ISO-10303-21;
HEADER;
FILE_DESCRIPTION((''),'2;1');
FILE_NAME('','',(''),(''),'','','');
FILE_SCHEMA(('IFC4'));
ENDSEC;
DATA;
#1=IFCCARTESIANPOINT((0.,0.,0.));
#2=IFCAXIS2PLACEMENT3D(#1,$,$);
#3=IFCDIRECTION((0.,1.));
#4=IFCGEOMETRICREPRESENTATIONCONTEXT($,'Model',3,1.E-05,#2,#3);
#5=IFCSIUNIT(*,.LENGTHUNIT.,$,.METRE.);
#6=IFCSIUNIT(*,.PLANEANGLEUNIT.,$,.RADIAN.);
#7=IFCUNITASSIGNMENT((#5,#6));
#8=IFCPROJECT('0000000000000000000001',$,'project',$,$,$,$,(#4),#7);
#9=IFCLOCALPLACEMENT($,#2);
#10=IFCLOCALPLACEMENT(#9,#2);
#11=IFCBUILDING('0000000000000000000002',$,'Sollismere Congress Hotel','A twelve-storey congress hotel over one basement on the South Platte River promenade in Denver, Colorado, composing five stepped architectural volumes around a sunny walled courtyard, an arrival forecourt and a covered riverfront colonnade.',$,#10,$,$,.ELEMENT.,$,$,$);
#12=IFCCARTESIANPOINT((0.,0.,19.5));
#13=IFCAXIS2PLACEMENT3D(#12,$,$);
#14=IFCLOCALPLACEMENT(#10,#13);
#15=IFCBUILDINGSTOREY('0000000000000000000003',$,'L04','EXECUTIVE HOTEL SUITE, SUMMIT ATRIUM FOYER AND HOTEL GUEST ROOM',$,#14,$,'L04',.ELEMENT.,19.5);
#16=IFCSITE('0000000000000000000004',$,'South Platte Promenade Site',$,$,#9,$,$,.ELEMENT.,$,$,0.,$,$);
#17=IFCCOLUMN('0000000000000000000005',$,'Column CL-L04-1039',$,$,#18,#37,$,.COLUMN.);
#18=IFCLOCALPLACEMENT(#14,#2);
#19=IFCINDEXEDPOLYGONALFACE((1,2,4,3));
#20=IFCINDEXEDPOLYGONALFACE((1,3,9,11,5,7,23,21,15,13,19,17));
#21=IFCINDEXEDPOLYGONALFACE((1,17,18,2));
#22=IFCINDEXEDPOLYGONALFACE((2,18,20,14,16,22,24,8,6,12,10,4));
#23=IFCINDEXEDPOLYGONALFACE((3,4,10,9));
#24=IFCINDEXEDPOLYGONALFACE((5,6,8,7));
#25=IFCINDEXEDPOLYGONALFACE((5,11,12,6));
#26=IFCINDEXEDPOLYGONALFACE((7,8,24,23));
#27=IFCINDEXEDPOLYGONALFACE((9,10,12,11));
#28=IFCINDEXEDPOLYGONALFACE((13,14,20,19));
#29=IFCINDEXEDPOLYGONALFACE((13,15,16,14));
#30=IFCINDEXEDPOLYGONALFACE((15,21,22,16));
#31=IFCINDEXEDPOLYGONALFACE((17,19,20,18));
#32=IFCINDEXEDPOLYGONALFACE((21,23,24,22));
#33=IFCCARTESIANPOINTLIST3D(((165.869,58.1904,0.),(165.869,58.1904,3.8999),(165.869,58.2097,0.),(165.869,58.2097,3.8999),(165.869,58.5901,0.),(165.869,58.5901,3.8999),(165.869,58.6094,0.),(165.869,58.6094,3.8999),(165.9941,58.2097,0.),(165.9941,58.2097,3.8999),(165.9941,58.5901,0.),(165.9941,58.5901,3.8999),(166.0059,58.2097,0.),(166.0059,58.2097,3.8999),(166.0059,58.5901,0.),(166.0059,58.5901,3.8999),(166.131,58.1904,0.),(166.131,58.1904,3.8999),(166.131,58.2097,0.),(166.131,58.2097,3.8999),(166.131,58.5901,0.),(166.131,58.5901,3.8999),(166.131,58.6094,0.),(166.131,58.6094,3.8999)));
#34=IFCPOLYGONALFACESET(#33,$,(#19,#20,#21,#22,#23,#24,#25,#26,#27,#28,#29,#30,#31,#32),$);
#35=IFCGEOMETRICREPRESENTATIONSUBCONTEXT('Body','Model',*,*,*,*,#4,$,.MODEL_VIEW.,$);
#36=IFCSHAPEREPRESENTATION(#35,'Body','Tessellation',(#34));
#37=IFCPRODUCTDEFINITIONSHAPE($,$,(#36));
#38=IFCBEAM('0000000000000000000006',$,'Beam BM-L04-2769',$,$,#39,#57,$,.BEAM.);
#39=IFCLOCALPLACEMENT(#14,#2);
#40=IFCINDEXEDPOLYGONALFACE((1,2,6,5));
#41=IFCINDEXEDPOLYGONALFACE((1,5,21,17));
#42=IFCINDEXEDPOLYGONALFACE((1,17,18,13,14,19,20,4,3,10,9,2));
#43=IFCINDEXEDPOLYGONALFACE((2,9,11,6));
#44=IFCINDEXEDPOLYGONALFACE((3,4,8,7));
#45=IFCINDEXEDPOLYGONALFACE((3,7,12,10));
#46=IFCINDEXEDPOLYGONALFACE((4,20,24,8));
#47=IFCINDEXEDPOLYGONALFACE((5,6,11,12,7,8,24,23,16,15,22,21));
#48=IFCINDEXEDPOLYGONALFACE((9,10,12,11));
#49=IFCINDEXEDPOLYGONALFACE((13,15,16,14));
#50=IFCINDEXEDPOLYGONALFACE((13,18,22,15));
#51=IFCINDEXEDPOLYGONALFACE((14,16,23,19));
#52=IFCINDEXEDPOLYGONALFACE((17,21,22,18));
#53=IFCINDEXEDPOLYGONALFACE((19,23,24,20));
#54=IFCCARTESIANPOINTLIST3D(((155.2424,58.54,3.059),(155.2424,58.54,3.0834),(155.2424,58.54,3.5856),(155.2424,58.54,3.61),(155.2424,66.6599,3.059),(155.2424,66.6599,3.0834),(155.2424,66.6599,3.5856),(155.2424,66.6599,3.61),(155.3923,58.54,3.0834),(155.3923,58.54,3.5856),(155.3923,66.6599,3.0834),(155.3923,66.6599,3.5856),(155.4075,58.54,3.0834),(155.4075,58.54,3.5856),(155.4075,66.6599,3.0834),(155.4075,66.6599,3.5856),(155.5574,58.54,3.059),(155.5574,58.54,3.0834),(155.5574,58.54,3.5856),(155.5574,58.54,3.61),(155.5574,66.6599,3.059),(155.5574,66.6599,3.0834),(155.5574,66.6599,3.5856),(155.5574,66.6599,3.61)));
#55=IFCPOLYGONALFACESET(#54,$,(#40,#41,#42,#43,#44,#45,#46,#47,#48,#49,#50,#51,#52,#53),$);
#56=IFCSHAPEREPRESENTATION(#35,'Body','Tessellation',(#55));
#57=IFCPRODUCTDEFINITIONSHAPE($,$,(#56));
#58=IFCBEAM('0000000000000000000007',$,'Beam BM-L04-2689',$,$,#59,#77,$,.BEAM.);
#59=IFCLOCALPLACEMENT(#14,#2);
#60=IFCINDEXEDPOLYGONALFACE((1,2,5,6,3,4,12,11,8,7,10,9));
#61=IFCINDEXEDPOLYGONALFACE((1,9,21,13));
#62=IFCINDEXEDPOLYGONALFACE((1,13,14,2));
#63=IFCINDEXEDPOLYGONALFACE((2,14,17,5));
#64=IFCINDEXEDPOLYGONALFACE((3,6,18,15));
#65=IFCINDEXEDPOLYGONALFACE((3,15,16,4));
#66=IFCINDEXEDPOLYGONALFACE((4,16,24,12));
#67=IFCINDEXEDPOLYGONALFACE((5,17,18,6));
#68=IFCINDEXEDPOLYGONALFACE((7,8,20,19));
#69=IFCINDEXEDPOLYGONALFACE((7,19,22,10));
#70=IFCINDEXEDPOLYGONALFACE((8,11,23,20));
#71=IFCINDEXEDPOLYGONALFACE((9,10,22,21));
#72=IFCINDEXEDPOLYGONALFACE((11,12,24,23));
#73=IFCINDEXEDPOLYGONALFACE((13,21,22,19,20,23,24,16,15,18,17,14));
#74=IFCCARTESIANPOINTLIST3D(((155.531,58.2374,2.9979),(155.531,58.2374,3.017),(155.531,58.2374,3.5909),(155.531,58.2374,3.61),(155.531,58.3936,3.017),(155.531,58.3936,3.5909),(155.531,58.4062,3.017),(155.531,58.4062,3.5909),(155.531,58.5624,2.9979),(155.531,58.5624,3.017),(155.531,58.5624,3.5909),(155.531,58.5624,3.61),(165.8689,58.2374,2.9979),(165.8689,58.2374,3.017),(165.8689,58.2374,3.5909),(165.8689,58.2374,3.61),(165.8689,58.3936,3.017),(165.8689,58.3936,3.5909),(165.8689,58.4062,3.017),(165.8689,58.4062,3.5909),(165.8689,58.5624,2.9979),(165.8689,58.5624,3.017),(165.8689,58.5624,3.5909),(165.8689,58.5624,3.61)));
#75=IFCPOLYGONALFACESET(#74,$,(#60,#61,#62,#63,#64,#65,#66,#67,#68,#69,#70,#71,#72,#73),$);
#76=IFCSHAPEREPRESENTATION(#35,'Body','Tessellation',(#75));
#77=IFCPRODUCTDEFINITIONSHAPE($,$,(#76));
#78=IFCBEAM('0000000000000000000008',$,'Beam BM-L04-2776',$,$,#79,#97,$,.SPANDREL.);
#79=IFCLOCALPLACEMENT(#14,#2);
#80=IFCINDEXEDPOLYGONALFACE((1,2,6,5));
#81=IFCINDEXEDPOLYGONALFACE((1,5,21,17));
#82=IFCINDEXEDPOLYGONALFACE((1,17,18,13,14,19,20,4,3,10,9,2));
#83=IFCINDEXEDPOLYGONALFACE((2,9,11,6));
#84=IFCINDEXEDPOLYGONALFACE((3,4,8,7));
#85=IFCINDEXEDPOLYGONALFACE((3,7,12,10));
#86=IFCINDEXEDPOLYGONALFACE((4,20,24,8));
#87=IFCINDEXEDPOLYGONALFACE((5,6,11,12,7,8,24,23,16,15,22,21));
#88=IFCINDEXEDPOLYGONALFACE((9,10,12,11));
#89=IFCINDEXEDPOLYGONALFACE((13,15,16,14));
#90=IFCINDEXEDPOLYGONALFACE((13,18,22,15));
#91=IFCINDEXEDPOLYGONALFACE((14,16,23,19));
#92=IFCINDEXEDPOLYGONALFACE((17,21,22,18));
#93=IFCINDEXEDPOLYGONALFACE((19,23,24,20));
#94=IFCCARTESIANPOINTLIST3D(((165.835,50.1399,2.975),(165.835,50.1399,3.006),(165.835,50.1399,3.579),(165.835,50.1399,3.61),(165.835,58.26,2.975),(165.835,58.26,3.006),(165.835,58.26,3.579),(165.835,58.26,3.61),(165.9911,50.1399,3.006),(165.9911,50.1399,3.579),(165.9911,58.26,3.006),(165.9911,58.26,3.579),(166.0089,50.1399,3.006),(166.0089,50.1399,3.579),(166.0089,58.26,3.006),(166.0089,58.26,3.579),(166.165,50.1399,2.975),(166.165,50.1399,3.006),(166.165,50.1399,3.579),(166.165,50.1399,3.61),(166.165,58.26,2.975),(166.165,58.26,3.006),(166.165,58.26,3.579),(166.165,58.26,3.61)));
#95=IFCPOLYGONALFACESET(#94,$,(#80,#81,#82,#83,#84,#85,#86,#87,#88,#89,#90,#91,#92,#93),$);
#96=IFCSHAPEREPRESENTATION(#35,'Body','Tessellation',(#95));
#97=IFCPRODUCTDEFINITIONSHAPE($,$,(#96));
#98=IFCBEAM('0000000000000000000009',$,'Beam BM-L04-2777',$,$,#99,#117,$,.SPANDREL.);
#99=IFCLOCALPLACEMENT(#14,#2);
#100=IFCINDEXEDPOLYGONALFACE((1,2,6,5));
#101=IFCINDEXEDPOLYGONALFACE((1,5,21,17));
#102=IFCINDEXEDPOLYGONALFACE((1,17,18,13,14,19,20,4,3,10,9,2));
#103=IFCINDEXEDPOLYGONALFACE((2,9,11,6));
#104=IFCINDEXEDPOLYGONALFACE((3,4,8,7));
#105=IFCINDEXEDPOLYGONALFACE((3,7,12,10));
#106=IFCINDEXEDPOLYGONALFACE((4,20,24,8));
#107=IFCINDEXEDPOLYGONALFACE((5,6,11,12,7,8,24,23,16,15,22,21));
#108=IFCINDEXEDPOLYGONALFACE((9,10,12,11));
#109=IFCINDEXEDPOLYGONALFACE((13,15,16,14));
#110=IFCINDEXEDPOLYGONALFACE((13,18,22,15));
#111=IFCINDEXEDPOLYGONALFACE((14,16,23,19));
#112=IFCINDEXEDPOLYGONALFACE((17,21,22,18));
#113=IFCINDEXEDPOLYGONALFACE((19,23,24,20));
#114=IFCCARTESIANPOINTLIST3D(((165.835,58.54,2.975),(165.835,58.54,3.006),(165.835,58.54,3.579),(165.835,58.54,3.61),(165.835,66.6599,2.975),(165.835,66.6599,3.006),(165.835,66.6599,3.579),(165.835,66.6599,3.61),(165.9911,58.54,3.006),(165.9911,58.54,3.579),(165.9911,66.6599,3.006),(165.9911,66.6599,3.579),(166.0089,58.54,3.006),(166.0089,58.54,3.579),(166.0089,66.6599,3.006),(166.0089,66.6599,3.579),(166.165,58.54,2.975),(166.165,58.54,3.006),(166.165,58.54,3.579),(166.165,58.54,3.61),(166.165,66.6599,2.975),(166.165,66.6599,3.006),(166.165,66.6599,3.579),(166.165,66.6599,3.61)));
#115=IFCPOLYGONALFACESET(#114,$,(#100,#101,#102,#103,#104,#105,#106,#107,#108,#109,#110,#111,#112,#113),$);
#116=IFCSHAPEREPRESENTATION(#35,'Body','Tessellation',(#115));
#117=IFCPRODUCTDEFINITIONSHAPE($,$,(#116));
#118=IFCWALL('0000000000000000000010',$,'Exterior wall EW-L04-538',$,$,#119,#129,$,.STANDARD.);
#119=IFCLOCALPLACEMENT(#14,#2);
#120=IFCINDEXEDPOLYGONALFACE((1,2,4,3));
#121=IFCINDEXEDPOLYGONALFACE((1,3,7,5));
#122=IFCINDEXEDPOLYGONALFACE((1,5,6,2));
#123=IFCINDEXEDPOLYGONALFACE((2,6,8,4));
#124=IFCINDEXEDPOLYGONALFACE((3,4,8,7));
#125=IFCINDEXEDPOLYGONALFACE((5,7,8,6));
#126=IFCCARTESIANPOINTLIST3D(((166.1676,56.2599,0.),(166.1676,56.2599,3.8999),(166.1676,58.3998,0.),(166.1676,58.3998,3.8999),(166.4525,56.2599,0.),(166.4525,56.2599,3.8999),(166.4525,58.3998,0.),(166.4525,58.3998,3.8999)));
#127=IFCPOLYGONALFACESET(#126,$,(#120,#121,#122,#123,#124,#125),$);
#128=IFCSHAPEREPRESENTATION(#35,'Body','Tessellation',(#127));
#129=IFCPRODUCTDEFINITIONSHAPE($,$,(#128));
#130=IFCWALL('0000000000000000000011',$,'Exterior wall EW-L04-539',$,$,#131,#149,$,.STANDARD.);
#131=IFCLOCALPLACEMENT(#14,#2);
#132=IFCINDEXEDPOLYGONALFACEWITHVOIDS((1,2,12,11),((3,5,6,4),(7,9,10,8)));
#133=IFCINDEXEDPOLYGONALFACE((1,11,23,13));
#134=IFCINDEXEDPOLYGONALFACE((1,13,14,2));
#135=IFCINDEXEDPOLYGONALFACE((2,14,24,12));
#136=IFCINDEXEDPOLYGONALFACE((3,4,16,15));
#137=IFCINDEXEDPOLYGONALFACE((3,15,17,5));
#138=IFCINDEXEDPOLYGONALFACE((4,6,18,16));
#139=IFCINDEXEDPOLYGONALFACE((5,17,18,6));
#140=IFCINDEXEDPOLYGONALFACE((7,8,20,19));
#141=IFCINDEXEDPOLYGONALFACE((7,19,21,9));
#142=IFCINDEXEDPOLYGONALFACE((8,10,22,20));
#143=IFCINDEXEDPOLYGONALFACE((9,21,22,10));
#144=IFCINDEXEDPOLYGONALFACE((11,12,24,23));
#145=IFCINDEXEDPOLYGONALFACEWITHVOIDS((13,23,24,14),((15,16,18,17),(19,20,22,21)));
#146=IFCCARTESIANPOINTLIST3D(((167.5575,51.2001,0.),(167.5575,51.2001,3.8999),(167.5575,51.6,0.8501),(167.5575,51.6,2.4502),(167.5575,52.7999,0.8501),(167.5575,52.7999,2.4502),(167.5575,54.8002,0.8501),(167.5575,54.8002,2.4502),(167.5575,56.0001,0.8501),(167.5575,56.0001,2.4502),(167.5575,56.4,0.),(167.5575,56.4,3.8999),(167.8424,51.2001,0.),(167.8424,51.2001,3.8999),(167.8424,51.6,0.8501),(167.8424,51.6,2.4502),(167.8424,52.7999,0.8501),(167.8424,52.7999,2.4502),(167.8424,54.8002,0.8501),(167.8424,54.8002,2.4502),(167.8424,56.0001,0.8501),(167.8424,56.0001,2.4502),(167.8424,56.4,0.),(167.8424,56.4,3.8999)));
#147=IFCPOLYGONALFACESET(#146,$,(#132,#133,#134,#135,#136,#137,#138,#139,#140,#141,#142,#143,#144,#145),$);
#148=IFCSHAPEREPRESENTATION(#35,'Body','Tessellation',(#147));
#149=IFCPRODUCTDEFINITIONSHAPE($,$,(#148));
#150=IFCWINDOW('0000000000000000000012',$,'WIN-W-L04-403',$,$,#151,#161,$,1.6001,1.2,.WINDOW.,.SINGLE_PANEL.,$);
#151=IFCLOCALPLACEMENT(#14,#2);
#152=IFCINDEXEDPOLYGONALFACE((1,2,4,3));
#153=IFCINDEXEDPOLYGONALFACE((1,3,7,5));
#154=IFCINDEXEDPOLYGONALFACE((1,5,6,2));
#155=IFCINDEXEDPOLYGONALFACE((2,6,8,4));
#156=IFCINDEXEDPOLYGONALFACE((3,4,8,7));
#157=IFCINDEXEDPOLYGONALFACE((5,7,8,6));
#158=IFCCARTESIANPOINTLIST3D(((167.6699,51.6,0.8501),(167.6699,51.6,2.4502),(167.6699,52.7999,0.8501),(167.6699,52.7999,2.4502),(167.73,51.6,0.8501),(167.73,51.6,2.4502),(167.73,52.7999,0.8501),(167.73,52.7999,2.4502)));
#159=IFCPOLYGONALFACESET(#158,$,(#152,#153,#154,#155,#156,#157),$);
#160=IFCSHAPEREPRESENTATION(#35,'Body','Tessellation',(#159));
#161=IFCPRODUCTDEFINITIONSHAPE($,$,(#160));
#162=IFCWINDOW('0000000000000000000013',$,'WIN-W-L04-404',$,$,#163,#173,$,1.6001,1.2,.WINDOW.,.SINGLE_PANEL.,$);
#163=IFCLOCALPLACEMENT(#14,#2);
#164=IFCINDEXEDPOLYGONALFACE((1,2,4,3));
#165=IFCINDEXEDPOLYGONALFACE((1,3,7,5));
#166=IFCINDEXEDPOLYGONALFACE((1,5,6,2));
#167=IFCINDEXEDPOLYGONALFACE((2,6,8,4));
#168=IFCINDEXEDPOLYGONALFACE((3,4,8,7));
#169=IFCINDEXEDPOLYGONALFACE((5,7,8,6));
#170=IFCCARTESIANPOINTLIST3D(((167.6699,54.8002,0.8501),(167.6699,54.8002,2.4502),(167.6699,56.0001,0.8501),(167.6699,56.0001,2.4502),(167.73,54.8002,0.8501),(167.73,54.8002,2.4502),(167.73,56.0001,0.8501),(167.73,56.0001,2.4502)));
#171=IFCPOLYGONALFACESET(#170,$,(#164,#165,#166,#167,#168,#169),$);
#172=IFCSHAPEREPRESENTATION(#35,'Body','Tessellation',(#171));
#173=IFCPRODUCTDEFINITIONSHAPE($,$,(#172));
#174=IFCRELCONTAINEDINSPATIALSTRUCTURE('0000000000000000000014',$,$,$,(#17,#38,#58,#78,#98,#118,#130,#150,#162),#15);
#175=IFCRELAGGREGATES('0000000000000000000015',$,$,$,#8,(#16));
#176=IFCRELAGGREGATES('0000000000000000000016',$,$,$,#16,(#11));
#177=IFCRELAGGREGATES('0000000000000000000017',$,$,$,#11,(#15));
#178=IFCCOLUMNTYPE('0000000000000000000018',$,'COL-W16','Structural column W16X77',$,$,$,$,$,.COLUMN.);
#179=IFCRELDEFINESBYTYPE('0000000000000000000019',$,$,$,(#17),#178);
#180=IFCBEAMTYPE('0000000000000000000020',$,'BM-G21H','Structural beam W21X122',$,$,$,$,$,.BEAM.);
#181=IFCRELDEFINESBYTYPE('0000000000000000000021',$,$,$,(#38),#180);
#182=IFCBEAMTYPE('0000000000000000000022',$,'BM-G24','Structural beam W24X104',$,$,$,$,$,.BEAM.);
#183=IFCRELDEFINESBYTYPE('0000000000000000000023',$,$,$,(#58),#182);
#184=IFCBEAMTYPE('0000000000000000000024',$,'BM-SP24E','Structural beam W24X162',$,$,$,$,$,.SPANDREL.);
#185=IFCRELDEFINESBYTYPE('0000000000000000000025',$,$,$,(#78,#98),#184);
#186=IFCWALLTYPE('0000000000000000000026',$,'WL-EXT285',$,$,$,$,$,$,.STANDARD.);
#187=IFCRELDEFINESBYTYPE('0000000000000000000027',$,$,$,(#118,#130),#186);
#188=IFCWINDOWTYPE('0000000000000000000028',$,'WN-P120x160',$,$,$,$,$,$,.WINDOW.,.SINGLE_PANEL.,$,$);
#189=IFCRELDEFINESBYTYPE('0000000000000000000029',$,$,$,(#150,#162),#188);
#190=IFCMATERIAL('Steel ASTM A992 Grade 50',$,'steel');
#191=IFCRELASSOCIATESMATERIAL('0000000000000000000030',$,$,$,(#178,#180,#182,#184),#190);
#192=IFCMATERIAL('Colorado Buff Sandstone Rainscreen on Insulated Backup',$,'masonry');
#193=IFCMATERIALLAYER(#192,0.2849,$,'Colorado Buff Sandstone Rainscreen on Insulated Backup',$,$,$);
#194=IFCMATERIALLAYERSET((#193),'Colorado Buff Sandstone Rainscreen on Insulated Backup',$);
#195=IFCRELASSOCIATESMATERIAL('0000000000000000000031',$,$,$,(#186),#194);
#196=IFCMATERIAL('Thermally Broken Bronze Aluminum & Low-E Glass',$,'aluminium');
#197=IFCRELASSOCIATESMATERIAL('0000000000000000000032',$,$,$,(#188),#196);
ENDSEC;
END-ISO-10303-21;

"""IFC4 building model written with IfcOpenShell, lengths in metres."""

from ifc_helpers import new_model, si_unit, direction, frame, frame_2d, origin, origin_2d, place, context, subcontext, project, spatial, rectangle, i_section, extrude, material, layer, layer_set, material_profile, profile_set, type_object, element, fill, save


model = new_model("IFC4")

# Units and contexts
model_context = context("Model", 3, precision=1e-05, world=origin(), true_north=direction((0.0, 1.0)))
body_context = subcontext(model_context, "Body", "Model", "MODEL_VIEW")
ifc_project = project(units=[si_unit("LENGTHUNIT", "METRE"), si_unit("PLANEANGLEUNIT", "RADIAN")], contexts=[model_context])

# Site, building, storey
site_placement = place(None, origin())
site = spatial("IfcSite", under=ifc_project, at=site_placement, Name="South Platte Promenade Site", CompositionType="ELEMENT", RefElevation=0.0)
building_placement = place(site_placement, origin())
building = spatial("IfcBuilding", under=site, at=building_placement, Name="Sollismere Congress Hotel", Description="A twelve-storey congress hotel over one basement on the South Platte River promenade in Denver, Colorado, composing five stepped architectural volumes around a sunny walled courtyard, an arrival forecourt and a covered riverfront colonnade.", CompositionType="ELEMENT")
storey_placement = place(building_placement, frame((0.0, 0.0, 19.5)))
storey = spatial("IfcBuildingStorey", under=building, at=storey_placement, Name="L04", Description="EXECUTIVE HOTEL SUITE, SUMMIT ATRIUM FOYER AND HOTEL GUEST ROOM", LongName="L04", CompositionType="ELEMENT", Elevation=19.5)

# Column
ifc_material_1 = material(Name="Steel ASTM A992 Grade 50", Category="steel")
ifc_material_profile_1 = material_profile(ifc_material_1, i_section(OverallWidth=0.262, OverallDepth=0.4189, WebThickness=0.0117, FlangeThickness=0.0193, at=origin_2d()), Name="W16X77")
ifc_profile_set_1 = profile_set([ifc_material_profile_1], Name="Steel ASTM A992 Grade 50")
column_type = type_object("IfcColumnType", Name="COL-W16", Description="Structural column W16X77", PredefinedType="COLUMN", material=ifc_profile_set_1)
column_placement = place(storey_placement, frame((166.0, 58.3999, 0.0), z_axis=(0.0, 0.0, 1.0), x_axis=(1.0, 0.0, 0.0)))
element("IfcColumn", 1, at=column_placement, inside=storey, type_object=column_type, Name="Column CL-L04-1039", PredefinedType="COLUMN", context=body_context, shape_type="SweptSolid", body=[
    extrude(i_section(OverallWidth=0.262, OverallDepth=0.4189, WebThickness=0.0117, FlangeThickness=0.0193, at=origin_2d()), origin(), (0.0, 0.0, 1.0), 3.8999),
])

# Beams
ifc_material_profile_2 = material_profile(ifc_material_1, i_section(OverallWidth=0.3149, OverallDepth=0.551, WebThickness=0.0151, FlangeThickness=0.0244, at=origin_2d()), Name="W21X122")
ifc_profile_set_2 = profile_set([ifc_material_profile_2], Name="Steel ASTM A992 Grade 50")
beam_type_1 = type_object("IfcBeamType", Name="BM-G21H", Description="Structural beam W21X122", PredefinedType="BEAM", material=ifc_profile_set_2)
beam_1_placement = place(storey_placement, frame((155.3999, 58.54, 3.3345), z_axis=(0.0, 1.0, 0.0), x_axis=(-1.0, 0.0, 0.0)))
element("IfcBeam", 2, at=beam_1_placement, inside=storey, type_object=beam_type_1, Name="Beam BM-L04-2769", PredefinedType="BEAM", context=body_context, shape_type="SweptSolid", body=[
    extrude(i_section(OverallWidth=0.3149, OverallDepth=0.551, WebThickness=0.0151, FlangeThickness=0.0244, at=origin_2d()), origin(), (0.0, 0.0, 1.0), 8.1199),
])
ifc_material_profile_3 = material_profile(ifc_material_1, i_section(OverallWidth=0.325, OverallDepth=0.6121, WebThickness=0.0127, FlangeThickness=0.019, at=origin_2d()), Name="W24X104")
ifc_profile_set_3 = profile_set([ifc_material_profile_3], Name="Steel ASTM A992 Grade 50")
beam_type_2 = type_object("IfcBeamType", Name="BM-G24", Description="Structural beam W24X104", PredefinedType="BEAM", material=ifc_profile_set_3)
beam_2_placement = place(storey_placement, frame((155.531, 58.3999, 3.304), z_axis=(1.0, 0.0, 0.0), x_axis=(0.0, 1.0, 0.0)))
element("IfcBeam", 3, at=beam_2_placement, inside=storey, type_object=beam_type_2, Name="Beam BM-L04-2689", PredefinedType="BEAM", context=body_context, shape_type="SweptSolid", body=[
    extrude(i_section(OverallWidth=0.325, OverallDepth=0.6121, WebThickness=0.0127, FlangeThickness=0.019, at=origin_2d()), origin(), (0.0, 0.0, 1.0), 10.3379),
])
ifc_material_profile_4 = material_profile(ifc_material_1, i_section(OverallWidth=0.3301, OverallDepth=0.635, WebThickness=0.0178, FlangeThickness=0.031, at=origin_2d()), Name="W24X162")
ifc_profile_set_4 = profile_set([ifc_material_profile_4], Name="Steel ASTM A992 Grade 50")
beam_type_3 = type_object("IfcBeamType", Name="BM-SP24E", Description="Structural beam W24X162", PredefinedType="SPANDREL", material=ifc_profile_set_4)
beam_3_placement = place(storey_placement, frame((166.0, 50.1399, 3.2925), z_axis=(0.0, 1.0, 0.0), x_axis=(-1.0, 0.0, 0.0)))
element("IfcBeam", 4, at=beam_3_placement, inside=storey, type_object=beam_type_3, Name="Beam BM-L04-2776", PredefinedType="SPANDREL", context=body_context, shape_type="SweptSolid", body=[
    extrude(i_section(OverallWidth=0.3301, OverallDepth=0.635, WebThickness=0.0178, FlangeThickness=0.031, at=origin_2d()), origin(), (0.0, 0.0, 1.0), 8.1201),
])
beam_4_placement = place(storey_placement, frame((166.0, 58.54, 3.2925), z_axis=(0.0, 1.0, 0.0), x_axis=(-1.0, 0.0, 0.0)))
element("IfcBeam", 5, at=beam_4_placement, inside=storey, type_object=beam_type_3, Name="Beam BM-L04-2777", PredefinedType="SPANDREL", context=body_context, shape_type="SweptSolid", body=[
    extrude(i_section(OverallWidth=0.3301, OverallDepth=0.635, WebThickness=0.0178, FlangeThickness=0.031, at=origin_2d()), origin(), (0.0, 0.0, 1.0), 8.1199),
])

# Wall
ifc_material_2 = material(Name="Colorado Buff Sandstone Rainscreen on Insulated Backup", Category="masonry")
ifc_layer_1 = layer(ifc_material_2, 0.2849, Name="Colorado Buff Sandstone Rainscreen on Insulated Backup")
ifc_layer_set_1 = layer_set([ifc_layer_1], Name="Colorado Buff Sandstone Rainscreen on Insulated Backup")
wall_type_1 = type_object("IfcWallType", Name="WL-EXT285", PredefinedType="STANDARD", material=ifc_layer_set_1)
wall_1_placement = place(storey_placement, frame((166.3101, 56.26, 0.0), z_axis=(0.0, 0.0, 1.0), x_axis=(0.0, 1.0, 0.0)))
element("IfcWall", 6, at=wall_1_placement, inside=storey, type_object=wall_type_1, Name="Exterior wall EW-L04-538", PredefinedType="STANDARD", context=body_context, shape_type="SweptSolid", body=[
    extrude(rectangle(XDim=2.1399, YDim=0.2849, at=frame_2d((1.0698, 0.0))), origin(), (0.0, 0.0, 1.0), 3.8999),
])

# Wall, openings, windows
wall_2_placement = place(storey_placement, frame((167.7, 51.2, 0.0), z_axis=(0.0, 0.0, 1.0), x_axis=(0.0, 1.0, 0.0)))
wall_2 = element("IfcWall", 7, at=wall_2_placement, inside=storey, type_object=wall_type_1, Name="Exterior wall EW-L04-539", PredefinedType="STANDARD", context=body_context, shape_type="SweptSolid", body=[
    extrude(rectangle(XDim=5.2, YDim=0.2849, at=frame_2d((2.6001, 0.0))), origin(), (0.0, 0.0, 1.0), 3.8999),
])
opening_1_placement = place(wall_2_placement, frame((0.3999, 0.0, 0.8501)))
opening_1 = element("IfcOpeningElement", 8, at=opening_1_placement, cuts=wall_2, PredefinedType="OPENING", context=body_context, shape_type="SweptSolid", body=[
    extrude(rectangle(XDim=1.2, YDim=1.6001, at=frame_2d((0.6001, 0.8))), frame((0.0, 0.1523, 0.0), z_axis=(0.0, -1.0, 0.0), x_axis=(1.0, 0.0, 0.0)), (0.0, 0.0, 1.0), 0.3049),
])
opening_2_placement = place(wall_2_placement, frame((3.6001, 0.0, 0.8501)))
opening_2 = element("IfcOpeningElement", 9, at=opening_2_placement, cuts=wall_2, PredefinedType="OPENING", context=body_context, shape_type="SweptSolid", body=[
    extrude(rectangle(XDim=1.2, YDim=1.6001, at=frame_2d((0.6001, 0.8))), frame((0.0, 0.1523, 0.0), z_axis=(0.0, -1.0, 0.0), x_axis=(1.0, 0.0, 0.0)), (0.0, 0.0, 1.0), 0.3049),
])
ifc_material_3 = material(Name="Thermally Broken Bronze Aluminum & Low-E Glass", Category="aluminium")
window_type_1 = type_object("IfcWindowType", Name="WN-P120x160", PartitioningType="SINGLE_PANEL", PredefinedType="WINDOW", material=ifc_material_3)
window_1_placement = place(opening_1_placement, origin())
window_1 = element("IfcWindow", 10, at=window_1_placement, inside=storey, type_object=window_type_1, Name="WIN-W-L04-403", OverallHeight=1.6001, OverallWidth=1.2, PartitioningType="SINGLE_PANEL", PredefinedType="WINDOW", context=body_context, shape_type="SweptSolid", body=[
    extrude(rectangle(XDim=1.2, YDim=1.6001, at=frame_2d((0.6001, 0.8))), frame((0.0, 0.03, 0.0), z_axis=(0.0, -1.0, 0.0), x_axis=(1.0, 0.0, 0.0)), (0.0, 0.0, 1.0), 0.0601),
])
fill(opening_1, window_1)
window_2_placement = place(opening_2_placement, origin())
window_2 = element("IfcWindow", 11, at=window_2_placement, inside=storey, type_object=window_type_1, Name="WIN-W-L04-404", OverallHeight=1.6001, OverallWidth=1.2, PartitioningType="SINGLE_PANEL", PredefinedType="WINDOW", context=body_context, shape_type="SweptSolid", body=[
    extrude(rectangle(XDim=1.2, YDim=1.6001, at=frame_2d((0.6001, 0.8))), frame((0.0, 0.03, 0.0), z_axis=(0.0, -1.0, 0.0), x_axis=(1.0, 0.0, 0.0)), (0.0, 0.0, 1.0), 0.0601),
])
fill(opening_2, window_2)

save(model, "model.ifc")
